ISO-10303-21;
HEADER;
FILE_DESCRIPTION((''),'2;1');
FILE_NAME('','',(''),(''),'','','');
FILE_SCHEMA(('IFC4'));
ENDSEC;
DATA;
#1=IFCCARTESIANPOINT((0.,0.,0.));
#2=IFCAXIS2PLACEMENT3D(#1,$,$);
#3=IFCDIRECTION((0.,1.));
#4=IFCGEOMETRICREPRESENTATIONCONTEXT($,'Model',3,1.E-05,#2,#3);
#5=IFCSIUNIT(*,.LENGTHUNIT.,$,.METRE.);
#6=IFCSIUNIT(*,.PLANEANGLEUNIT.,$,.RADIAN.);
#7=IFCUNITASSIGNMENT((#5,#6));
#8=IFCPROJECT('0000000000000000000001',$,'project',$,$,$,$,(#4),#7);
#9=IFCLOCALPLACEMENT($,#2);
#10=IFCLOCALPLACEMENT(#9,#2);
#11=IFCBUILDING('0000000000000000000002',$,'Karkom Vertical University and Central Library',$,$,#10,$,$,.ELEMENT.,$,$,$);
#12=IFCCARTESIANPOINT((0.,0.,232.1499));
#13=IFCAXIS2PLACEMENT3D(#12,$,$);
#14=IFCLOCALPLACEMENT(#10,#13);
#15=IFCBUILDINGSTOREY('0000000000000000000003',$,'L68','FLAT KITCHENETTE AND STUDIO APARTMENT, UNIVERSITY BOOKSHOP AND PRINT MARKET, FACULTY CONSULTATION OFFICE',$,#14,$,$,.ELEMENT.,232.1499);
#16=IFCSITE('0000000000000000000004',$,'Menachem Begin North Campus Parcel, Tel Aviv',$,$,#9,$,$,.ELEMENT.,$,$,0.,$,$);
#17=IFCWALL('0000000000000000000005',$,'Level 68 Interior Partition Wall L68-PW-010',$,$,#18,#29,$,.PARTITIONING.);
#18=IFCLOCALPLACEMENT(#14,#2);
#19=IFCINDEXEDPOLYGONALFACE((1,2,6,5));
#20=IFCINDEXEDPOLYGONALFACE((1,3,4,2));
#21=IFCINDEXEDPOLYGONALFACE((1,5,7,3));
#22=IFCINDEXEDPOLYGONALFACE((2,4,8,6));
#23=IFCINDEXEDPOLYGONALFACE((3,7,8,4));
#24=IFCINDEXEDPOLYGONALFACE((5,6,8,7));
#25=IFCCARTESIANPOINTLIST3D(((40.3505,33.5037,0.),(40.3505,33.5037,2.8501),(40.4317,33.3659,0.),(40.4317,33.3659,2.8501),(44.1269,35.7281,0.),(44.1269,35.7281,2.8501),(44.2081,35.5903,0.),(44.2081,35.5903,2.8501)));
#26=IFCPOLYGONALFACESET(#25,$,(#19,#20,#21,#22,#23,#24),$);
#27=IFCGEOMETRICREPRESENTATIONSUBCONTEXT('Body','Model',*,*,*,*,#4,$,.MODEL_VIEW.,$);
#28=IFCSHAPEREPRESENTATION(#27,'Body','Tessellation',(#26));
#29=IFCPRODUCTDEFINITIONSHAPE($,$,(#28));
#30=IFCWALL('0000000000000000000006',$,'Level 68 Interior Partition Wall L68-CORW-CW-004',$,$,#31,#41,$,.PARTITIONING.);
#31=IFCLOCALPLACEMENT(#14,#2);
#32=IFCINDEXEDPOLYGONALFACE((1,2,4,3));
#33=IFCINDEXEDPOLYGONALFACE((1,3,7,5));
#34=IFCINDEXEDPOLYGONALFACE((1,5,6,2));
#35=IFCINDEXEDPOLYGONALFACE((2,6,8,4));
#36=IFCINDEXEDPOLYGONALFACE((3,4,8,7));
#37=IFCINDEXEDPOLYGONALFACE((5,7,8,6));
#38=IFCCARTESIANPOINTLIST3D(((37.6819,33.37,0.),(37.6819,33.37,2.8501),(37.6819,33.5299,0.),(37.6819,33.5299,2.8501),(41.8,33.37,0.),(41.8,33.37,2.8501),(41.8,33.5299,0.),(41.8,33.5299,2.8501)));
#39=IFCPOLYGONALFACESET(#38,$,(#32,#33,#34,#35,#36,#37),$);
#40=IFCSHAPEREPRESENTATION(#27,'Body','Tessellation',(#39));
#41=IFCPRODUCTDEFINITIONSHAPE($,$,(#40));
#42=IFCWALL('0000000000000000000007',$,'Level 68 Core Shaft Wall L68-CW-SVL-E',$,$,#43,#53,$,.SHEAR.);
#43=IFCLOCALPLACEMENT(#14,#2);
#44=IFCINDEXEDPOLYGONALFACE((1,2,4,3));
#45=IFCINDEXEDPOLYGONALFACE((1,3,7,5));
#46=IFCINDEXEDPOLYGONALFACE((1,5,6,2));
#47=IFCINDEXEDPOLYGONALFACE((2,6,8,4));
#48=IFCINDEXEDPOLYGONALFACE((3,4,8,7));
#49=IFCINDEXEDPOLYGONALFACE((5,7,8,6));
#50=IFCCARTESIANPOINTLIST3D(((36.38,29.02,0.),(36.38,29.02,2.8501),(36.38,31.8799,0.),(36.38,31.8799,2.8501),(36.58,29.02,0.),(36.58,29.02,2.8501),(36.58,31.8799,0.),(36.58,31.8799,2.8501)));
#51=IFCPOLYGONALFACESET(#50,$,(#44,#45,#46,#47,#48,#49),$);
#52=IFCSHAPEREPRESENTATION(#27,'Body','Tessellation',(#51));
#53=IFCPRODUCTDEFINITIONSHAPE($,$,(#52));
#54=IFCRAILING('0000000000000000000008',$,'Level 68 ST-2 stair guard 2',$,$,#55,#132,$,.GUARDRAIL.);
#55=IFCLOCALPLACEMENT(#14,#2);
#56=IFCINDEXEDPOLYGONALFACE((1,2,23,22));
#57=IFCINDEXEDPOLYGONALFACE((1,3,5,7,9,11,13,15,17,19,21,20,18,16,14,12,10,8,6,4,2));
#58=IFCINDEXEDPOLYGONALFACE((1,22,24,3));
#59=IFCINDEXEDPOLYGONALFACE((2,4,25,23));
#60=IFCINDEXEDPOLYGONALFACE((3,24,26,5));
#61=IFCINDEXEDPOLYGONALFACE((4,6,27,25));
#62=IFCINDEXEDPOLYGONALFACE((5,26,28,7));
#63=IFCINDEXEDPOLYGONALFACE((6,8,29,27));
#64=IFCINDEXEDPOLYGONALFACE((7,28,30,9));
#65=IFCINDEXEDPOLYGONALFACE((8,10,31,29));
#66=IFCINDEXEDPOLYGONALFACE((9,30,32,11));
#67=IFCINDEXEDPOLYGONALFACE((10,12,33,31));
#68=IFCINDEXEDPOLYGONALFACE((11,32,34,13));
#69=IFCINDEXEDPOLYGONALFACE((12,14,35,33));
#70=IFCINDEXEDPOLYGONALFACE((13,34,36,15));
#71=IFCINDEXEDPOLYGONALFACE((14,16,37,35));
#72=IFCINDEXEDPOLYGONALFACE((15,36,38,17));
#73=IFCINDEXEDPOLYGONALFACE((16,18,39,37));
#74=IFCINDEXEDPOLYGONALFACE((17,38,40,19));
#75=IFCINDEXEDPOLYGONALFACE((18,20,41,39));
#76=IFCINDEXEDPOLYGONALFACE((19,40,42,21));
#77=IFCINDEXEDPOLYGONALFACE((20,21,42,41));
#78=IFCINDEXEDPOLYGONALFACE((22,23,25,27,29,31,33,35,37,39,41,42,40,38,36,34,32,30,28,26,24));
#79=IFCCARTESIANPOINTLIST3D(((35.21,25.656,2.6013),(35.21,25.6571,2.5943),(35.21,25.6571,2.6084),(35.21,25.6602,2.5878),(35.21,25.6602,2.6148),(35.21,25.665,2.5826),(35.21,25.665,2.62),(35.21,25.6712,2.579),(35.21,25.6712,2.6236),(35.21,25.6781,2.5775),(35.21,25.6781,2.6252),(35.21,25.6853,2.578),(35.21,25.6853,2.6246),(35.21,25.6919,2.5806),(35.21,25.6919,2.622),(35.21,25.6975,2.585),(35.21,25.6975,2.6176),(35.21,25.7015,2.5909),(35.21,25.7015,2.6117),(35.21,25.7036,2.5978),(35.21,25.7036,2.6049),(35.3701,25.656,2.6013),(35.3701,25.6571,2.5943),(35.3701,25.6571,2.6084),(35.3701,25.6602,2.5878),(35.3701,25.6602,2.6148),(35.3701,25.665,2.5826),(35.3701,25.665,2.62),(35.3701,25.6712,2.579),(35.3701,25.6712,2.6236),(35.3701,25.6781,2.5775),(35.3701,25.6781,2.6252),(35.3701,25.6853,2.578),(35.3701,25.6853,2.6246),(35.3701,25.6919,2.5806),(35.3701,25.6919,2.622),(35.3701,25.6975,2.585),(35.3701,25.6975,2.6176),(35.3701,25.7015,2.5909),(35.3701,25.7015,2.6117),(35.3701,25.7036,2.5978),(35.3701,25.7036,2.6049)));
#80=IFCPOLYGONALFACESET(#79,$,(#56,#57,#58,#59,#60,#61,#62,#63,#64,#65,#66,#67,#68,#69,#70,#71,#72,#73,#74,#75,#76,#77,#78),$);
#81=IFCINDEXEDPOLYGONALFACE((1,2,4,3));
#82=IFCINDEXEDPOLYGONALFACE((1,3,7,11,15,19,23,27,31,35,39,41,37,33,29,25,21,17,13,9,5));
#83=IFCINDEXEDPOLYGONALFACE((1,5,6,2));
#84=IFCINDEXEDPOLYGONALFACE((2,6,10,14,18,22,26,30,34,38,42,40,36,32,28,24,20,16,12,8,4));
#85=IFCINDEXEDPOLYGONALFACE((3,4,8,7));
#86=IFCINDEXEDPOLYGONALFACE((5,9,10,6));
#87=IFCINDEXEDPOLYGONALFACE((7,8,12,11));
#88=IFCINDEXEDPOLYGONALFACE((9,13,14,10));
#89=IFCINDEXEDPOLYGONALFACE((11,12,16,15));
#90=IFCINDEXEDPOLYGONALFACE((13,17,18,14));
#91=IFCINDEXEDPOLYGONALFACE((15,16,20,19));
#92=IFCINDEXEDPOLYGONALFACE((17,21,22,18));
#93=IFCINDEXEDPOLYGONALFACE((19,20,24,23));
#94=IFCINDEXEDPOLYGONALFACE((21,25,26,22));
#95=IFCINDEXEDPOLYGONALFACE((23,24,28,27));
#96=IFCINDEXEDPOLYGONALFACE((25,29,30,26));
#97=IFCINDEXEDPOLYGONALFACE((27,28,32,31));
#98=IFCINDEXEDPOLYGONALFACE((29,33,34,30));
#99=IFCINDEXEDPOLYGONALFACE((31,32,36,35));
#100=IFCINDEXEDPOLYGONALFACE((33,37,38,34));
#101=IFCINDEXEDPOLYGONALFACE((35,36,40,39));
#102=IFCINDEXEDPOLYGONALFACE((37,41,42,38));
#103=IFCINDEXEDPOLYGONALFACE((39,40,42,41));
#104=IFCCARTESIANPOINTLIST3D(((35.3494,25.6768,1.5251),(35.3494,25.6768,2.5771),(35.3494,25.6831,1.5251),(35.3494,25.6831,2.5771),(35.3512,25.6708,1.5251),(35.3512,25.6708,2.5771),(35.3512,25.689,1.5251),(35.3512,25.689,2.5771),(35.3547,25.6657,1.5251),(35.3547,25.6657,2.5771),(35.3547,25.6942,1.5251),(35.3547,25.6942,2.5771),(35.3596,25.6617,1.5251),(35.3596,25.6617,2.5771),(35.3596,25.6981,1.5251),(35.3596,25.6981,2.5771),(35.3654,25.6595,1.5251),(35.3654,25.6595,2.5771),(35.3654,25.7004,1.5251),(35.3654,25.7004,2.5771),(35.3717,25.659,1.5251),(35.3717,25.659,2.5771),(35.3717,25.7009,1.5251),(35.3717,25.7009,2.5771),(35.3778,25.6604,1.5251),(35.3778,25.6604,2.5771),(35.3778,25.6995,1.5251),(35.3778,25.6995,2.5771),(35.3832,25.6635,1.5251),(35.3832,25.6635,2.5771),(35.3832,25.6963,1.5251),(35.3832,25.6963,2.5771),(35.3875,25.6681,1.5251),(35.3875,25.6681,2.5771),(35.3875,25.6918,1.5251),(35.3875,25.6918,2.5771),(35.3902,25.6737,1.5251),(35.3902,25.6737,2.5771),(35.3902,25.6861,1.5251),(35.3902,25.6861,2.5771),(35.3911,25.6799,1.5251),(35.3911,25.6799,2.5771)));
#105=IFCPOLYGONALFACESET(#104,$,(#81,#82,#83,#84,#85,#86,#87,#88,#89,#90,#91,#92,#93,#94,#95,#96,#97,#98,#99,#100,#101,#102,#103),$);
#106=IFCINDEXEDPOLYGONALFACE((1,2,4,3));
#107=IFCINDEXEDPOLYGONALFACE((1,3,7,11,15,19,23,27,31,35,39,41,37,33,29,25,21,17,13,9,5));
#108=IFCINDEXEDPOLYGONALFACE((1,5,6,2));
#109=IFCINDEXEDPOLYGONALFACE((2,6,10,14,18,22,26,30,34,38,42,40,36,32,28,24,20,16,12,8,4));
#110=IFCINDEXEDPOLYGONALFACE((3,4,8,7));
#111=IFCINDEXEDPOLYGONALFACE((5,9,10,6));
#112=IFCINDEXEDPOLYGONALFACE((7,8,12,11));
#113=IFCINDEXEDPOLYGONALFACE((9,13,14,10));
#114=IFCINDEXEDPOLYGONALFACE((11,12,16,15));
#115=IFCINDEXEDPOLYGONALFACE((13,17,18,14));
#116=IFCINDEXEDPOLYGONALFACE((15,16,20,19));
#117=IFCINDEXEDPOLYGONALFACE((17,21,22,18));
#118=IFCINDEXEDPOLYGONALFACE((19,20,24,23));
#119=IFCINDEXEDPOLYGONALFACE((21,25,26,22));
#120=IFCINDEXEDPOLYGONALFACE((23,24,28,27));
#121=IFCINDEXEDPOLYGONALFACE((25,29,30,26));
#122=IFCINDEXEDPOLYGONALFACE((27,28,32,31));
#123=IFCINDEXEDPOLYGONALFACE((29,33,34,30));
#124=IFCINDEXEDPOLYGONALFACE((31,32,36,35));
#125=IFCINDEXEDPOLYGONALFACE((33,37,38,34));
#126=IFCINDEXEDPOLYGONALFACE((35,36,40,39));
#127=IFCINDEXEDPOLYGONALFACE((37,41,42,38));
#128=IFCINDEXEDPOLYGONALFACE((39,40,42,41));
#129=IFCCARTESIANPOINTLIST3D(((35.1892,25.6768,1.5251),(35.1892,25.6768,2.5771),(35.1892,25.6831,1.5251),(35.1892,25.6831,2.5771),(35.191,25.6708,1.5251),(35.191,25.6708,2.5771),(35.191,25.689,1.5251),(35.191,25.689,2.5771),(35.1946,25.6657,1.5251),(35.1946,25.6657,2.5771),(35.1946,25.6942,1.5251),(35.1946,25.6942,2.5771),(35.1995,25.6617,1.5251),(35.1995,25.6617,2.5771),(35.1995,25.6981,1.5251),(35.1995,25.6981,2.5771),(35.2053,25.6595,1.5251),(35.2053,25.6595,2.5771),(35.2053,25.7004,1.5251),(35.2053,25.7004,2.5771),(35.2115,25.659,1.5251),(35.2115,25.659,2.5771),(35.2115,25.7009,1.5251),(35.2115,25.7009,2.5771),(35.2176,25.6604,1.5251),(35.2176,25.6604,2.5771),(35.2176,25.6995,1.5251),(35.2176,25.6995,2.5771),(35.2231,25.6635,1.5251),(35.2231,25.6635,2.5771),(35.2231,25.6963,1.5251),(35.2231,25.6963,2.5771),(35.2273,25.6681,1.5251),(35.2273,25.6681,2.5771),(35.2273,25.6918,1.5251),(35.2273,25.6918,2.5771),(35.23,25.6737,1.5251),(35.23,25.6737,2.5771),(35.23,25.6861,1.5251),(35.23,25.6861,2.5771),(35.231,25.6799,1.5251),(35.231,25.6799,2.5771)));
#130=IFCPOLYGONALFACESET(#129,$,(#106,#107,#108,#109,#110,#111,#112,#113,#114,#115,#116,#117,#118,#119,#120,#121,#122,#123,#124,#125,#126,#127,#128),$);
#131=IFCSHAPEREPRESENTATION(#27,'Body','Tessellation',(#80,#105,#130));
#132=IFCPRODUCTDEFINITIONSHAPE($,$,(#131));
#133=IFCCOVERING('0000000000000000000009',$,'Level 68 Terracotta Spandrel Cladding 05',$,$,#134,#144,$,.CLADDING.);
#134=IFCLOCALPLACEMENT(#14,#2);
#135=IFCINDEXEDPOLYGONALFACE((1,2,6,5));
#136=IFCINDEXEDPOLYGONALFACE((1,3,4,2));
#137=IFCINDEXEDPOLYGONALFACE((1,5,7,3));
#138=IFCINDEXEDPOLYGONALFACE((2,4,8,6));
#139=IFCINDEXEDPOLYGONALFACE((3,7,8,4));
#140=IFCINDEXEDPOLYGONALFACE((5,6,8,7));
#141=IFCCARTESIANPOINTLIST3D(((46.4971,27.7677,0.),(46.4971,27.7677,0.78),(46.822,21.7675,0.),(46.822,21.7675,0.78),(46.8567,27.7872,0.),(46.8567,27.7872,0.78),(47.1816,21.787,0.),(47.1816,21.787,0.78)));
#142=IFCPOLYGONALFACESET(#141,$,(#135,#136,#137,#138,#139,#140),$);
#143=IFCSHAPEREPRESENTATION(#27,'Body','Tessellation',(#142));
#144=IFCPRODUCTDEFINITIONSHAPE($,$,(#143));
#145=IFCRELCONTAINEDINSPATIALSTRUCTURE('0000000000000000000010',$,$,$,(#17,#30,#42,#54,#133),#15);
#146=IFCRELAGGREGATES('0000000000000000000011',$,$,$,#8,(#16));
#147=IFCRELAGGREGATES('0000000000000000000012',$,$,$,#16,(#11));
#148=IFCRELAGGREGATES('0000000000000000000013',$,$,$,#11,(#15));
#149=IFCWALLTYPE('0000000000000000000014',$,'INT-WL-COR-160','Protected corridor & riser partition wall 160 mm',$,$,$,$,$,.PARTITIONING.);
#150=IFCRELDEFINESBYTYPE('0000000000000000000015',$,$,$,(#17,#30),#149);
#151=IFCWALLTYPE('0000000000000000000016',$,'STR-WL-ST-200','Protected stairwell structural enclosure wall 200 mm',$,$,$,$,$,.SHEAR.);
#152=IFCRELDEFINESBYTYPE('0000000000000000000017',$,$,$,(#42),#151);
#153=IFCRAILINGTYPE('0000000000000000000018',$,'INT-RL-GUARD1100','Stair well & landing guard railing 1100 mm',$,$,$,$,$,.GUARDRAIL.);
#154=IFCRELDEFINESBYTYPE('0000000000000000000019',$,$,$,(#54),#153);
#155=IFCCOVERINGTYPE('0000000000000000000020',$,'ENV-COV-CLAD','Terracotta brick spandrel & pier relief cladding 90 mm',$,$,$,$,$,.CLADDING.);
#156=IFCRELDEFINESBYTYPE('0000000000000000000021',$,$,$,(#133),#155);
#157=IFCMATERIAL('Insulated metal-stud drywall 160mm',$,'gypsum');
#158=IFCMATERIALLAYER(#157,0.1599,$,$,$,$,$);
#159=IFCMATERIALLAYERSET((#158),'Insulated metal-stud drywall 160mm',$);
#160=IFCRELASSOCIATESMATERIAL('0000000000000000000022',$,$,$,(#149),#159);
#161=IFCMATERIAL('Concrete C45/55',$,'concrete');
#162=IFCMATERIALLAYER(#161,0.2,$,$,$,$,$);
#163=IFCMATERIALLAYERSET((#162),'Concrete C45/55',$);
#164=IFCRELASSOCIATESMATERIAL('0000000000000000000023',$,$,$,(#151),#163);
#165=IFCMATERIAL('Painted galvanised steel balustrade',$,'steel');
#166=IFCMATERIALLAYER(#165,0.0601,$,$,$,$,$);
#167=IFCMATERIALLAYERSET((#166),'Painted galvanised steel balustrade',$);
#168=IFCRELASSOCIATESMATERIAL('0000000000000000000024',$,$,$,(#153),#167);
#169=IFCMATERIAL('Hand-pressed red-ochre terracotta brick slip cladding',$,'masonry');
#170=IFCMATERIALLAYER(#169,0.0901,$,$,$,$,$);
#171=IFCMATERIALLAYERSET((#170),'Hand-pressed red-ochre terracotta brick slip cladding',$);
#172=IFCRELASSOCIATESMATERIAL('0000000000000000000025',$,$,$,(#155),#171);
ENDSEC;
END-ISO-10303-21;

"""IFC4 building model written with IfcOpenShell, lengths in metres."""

from ifc_helpers import new_model, si_unit, direction, frame, frame_2d, origin, origin_with_axes, origin_2d, place, context, subcontext, project, spatial, rectangle, circle, extrude, source, transform, mapped, material, layer, layer_set, type_object, element, save


model = new_model("IFC4")

# Units and contexts
model_context = context("Model", 3, precision=1e-05, world=origin(), true_north=direction((0.0, 1.0)))
body_context = subcontext(model_context, "Body", "Model", "MODEL_VIEW")
ifc_project = project(units=[si_unit("LENGTHUNIT", "METRE"), si_unit("PLANEANGLEUNIT", "RADIAN")], contexts=[model_context])

# Site, building, storey
site_placement = place(None, origin())
site = spatial("IfcSite", under=ifc_project, at=site_placement, Name="Menachem Begin North Campus Parcel, Tel Aviv", CompositionType="ELEMENT", RefElevation=0.0)
building_placement = place(site_placement, origin())
building = spatial("IfcBuilding", under=site, at=building_placement, Name="Karkom Vertical University and Central Library", CompositionType="ELEMENT")
storey_placement = place(building_placement, frame((0.0, 0.0, 232.1499)))
storey = spatial("IfcBuildingStorey", under=building, at=storey_placement, Name="L68", Description="FLAT KITCHENETTE AND STUDIO APARTMENT, UNIVERSITY BOOKSHOP AND PRINT MARKET, FACULTY CONSULTATION OFFICE", CompositionType="ELEMENT", Elevation=232.1499)

# Shared definitions
ifc_material_1 = material(Name="Concrete C45/55", Category="concrete")

# Shared definitions
ifc_material_2 = material(Name="Insulated metal-stud drywall 160mm", Category="gypsum")
ifc_layer_1 = layer(ifc_material_2, 0.1599)
ifc_layer_set_1 = layer_set([ifc_layer_1], Name="Insulated metal-stud drywall 160mm")
wall_type_1 = type_object("IfcWallType", Name="INT-WL-COR-160", Description="Protected corridor & riser partition wall 160 mm", PredefinedType="PARTITIONING", material=ifc_layer_set_1)

# Walls
wall_1_placement = place(storey_placement, frame((40.3911, 33.4348, 0.0), z_axis=(0.0, 0.0, 1.0), x_axis=(0.861638, 0.507524, 0.0)))
element("IfcWall", 1, at=wall_1_placement, inside=storey, type_object=wall_type_1, Name="Level 68 Interior Partition Wall L68-PW-010", PredefinedType="PARTITIONING", context=body_context, shape_type="SweptSolid", body=[
    extrude(rectangle(XDim=4.3828, YDim=0.1599, at=frame_2d((2.1914, 0.0))), origin(), (0.0, 0.0, 1.0), 2.8501),
])
wall_2_placement = place(storey_placement, frame((37.6819, 33.45, 0.0), z_axis=(0.0, 0.0, 1.0), x_axis=(1.0, 0.0, 0.0)))
element("IfcWall", 2, at=wall_2_placement, inside=storey, type_object=wall_type_1, Name="Level 68 Interior Partition Wall L68-CORW-CW-004", PredefinedType="PARTITIONING", context=body_context, shape_type="SweptSolid", body=[
    extrude(rectangle(XDim=4.1182, YDim=0.1599, at=frame_2d((2.0591, 0.0))), origin(), (0.0, 0.0, 1.0), 2.8501),
])

# Wall
ifc_layer_2 = layer(ifc_material_1, 0.2)
ifc_layer_set_2 = layer_set([ifc_layer_2], Name="Concrete C45/55")
wall_type_2 = type_object("IfcWallType", Name="STR-WL-ST-200", Description="Protected stairwell structural enclosure wall 200 mm", PredefinedType="SHEAR", material=ifc_layer_set_2)
wall_3_placement = place(storey_placement, frame((36.48, 29.02, 0.0), z_axis=(0.0, 0.0, 1.0), x_axis=(0.0, 1.0, 0.0)))
element("IfcWall", 3, at=wall_3_placement, inside=storey, type_object=wall_type_2, Name="Level 68 Core Shaft Wall L68-CW-SVL-E", PredefinedType="SHEAR", context=body_context, shape_type="SweptSolid", body=[
    extrude(rectangle(XDim=2.8599, YDim=0.2, at=frame_2d((1.4299, 0.0))), origin(), (0.0, 0.0, 1.0), 2.8501),
])

# Railing
ifc_material_3 = material(Name="Painted galvanised steel balustrade", Category="steel")
ifc_layer_3 = layer(ifc_material_3, 0.0601)
ifc_layer_set_3 = layer_set([ifc_layer_3], Name="Painted galvanised steel balustrade")
railing_type = type_object("IfcRailingType", Name="INT-RL-GUARD1100", Description="Stair well & landing guard railing 1100 mm", PredefinedType="GUARDRAIL", material=ifc_layer_set_3)
railing_placement = place(storey_placement, frame((35.3701, 25.6799, 1.5251)))
element("IfcRailing", 4, at=railing_placement, inside=storey, type_object=railing_type, Name="Level 68 ST-2 stair guard 2", PredefinedType="GUARDRAIL", context=body_context, shape_type="SweptSolid", body=[
    extrude(circle(Radius=0.0239, at=origin_2d()), frame((0.0, 0.0, 1.0762), z_axis=(-1.0, 0.0, 0.0), x_axis=(0.0, -1.0, 0.0)), (0.0, 0.0, 1.0), 0.1602),
    extrude(circle(Radius=0.021, at=origin_2d()), origin(), (0.0, 0.0, 1.0), 1.052),
    extrude(circle(Radius=0.021, at=origin_2d()), frame((-0.1602, 0.0, 0.0)), (0.0, 0.0, 1.0), 1.052),
])

# Covering
ifc_material_4 = material(Name="Hand-pressed red-ochre terracotta brick slip cladding", Category="masonry")
ifc_layer_4 = layer(ifc_material_4, 0.0901)
ifc_layer_set_4 = layer_set([ifc_layer_4], Name="Hand-pressed red-ochre terracotta brick slip cladding")
covering_type = type_object("IfcCoveringType", Name="ENV-COV-CLAD", Description="Terracotta brick spandrel & pier relief cladding 90 mm", PredefinedType="CLADDING", material=ifc_layer_set_4)
shared_shape_1 = source(origin_with_axes(), body_context, "Body", "SweptSolid", [
    extrude(rectangle(XDim=6.009, YDim=0.3601, at=origin_2d()), origin(), (0.0, 0.0, 1.0), 0.78),
])
covering_placement = place(storey_placement, frame((46.8394, 24.7773, 0.0), z_axis=(0.0, 0.0, 1.0), x_axis=(-0.054079, 0.998537, 0.0)))
element("IfcCovering", 5, at=covering_placement, inside=storey, type_object=covering_type, Name="Level 68 Terracotta Spandrel Cladding 05", PredefinedType="CLADDING", context=body_context, shape_type="MappedRepresentation", body=[
    mapped(shared_shape_1, transform((0.0, 0.0, 0.0), scale=1.0)),
])

save(model, "model.ifc")
